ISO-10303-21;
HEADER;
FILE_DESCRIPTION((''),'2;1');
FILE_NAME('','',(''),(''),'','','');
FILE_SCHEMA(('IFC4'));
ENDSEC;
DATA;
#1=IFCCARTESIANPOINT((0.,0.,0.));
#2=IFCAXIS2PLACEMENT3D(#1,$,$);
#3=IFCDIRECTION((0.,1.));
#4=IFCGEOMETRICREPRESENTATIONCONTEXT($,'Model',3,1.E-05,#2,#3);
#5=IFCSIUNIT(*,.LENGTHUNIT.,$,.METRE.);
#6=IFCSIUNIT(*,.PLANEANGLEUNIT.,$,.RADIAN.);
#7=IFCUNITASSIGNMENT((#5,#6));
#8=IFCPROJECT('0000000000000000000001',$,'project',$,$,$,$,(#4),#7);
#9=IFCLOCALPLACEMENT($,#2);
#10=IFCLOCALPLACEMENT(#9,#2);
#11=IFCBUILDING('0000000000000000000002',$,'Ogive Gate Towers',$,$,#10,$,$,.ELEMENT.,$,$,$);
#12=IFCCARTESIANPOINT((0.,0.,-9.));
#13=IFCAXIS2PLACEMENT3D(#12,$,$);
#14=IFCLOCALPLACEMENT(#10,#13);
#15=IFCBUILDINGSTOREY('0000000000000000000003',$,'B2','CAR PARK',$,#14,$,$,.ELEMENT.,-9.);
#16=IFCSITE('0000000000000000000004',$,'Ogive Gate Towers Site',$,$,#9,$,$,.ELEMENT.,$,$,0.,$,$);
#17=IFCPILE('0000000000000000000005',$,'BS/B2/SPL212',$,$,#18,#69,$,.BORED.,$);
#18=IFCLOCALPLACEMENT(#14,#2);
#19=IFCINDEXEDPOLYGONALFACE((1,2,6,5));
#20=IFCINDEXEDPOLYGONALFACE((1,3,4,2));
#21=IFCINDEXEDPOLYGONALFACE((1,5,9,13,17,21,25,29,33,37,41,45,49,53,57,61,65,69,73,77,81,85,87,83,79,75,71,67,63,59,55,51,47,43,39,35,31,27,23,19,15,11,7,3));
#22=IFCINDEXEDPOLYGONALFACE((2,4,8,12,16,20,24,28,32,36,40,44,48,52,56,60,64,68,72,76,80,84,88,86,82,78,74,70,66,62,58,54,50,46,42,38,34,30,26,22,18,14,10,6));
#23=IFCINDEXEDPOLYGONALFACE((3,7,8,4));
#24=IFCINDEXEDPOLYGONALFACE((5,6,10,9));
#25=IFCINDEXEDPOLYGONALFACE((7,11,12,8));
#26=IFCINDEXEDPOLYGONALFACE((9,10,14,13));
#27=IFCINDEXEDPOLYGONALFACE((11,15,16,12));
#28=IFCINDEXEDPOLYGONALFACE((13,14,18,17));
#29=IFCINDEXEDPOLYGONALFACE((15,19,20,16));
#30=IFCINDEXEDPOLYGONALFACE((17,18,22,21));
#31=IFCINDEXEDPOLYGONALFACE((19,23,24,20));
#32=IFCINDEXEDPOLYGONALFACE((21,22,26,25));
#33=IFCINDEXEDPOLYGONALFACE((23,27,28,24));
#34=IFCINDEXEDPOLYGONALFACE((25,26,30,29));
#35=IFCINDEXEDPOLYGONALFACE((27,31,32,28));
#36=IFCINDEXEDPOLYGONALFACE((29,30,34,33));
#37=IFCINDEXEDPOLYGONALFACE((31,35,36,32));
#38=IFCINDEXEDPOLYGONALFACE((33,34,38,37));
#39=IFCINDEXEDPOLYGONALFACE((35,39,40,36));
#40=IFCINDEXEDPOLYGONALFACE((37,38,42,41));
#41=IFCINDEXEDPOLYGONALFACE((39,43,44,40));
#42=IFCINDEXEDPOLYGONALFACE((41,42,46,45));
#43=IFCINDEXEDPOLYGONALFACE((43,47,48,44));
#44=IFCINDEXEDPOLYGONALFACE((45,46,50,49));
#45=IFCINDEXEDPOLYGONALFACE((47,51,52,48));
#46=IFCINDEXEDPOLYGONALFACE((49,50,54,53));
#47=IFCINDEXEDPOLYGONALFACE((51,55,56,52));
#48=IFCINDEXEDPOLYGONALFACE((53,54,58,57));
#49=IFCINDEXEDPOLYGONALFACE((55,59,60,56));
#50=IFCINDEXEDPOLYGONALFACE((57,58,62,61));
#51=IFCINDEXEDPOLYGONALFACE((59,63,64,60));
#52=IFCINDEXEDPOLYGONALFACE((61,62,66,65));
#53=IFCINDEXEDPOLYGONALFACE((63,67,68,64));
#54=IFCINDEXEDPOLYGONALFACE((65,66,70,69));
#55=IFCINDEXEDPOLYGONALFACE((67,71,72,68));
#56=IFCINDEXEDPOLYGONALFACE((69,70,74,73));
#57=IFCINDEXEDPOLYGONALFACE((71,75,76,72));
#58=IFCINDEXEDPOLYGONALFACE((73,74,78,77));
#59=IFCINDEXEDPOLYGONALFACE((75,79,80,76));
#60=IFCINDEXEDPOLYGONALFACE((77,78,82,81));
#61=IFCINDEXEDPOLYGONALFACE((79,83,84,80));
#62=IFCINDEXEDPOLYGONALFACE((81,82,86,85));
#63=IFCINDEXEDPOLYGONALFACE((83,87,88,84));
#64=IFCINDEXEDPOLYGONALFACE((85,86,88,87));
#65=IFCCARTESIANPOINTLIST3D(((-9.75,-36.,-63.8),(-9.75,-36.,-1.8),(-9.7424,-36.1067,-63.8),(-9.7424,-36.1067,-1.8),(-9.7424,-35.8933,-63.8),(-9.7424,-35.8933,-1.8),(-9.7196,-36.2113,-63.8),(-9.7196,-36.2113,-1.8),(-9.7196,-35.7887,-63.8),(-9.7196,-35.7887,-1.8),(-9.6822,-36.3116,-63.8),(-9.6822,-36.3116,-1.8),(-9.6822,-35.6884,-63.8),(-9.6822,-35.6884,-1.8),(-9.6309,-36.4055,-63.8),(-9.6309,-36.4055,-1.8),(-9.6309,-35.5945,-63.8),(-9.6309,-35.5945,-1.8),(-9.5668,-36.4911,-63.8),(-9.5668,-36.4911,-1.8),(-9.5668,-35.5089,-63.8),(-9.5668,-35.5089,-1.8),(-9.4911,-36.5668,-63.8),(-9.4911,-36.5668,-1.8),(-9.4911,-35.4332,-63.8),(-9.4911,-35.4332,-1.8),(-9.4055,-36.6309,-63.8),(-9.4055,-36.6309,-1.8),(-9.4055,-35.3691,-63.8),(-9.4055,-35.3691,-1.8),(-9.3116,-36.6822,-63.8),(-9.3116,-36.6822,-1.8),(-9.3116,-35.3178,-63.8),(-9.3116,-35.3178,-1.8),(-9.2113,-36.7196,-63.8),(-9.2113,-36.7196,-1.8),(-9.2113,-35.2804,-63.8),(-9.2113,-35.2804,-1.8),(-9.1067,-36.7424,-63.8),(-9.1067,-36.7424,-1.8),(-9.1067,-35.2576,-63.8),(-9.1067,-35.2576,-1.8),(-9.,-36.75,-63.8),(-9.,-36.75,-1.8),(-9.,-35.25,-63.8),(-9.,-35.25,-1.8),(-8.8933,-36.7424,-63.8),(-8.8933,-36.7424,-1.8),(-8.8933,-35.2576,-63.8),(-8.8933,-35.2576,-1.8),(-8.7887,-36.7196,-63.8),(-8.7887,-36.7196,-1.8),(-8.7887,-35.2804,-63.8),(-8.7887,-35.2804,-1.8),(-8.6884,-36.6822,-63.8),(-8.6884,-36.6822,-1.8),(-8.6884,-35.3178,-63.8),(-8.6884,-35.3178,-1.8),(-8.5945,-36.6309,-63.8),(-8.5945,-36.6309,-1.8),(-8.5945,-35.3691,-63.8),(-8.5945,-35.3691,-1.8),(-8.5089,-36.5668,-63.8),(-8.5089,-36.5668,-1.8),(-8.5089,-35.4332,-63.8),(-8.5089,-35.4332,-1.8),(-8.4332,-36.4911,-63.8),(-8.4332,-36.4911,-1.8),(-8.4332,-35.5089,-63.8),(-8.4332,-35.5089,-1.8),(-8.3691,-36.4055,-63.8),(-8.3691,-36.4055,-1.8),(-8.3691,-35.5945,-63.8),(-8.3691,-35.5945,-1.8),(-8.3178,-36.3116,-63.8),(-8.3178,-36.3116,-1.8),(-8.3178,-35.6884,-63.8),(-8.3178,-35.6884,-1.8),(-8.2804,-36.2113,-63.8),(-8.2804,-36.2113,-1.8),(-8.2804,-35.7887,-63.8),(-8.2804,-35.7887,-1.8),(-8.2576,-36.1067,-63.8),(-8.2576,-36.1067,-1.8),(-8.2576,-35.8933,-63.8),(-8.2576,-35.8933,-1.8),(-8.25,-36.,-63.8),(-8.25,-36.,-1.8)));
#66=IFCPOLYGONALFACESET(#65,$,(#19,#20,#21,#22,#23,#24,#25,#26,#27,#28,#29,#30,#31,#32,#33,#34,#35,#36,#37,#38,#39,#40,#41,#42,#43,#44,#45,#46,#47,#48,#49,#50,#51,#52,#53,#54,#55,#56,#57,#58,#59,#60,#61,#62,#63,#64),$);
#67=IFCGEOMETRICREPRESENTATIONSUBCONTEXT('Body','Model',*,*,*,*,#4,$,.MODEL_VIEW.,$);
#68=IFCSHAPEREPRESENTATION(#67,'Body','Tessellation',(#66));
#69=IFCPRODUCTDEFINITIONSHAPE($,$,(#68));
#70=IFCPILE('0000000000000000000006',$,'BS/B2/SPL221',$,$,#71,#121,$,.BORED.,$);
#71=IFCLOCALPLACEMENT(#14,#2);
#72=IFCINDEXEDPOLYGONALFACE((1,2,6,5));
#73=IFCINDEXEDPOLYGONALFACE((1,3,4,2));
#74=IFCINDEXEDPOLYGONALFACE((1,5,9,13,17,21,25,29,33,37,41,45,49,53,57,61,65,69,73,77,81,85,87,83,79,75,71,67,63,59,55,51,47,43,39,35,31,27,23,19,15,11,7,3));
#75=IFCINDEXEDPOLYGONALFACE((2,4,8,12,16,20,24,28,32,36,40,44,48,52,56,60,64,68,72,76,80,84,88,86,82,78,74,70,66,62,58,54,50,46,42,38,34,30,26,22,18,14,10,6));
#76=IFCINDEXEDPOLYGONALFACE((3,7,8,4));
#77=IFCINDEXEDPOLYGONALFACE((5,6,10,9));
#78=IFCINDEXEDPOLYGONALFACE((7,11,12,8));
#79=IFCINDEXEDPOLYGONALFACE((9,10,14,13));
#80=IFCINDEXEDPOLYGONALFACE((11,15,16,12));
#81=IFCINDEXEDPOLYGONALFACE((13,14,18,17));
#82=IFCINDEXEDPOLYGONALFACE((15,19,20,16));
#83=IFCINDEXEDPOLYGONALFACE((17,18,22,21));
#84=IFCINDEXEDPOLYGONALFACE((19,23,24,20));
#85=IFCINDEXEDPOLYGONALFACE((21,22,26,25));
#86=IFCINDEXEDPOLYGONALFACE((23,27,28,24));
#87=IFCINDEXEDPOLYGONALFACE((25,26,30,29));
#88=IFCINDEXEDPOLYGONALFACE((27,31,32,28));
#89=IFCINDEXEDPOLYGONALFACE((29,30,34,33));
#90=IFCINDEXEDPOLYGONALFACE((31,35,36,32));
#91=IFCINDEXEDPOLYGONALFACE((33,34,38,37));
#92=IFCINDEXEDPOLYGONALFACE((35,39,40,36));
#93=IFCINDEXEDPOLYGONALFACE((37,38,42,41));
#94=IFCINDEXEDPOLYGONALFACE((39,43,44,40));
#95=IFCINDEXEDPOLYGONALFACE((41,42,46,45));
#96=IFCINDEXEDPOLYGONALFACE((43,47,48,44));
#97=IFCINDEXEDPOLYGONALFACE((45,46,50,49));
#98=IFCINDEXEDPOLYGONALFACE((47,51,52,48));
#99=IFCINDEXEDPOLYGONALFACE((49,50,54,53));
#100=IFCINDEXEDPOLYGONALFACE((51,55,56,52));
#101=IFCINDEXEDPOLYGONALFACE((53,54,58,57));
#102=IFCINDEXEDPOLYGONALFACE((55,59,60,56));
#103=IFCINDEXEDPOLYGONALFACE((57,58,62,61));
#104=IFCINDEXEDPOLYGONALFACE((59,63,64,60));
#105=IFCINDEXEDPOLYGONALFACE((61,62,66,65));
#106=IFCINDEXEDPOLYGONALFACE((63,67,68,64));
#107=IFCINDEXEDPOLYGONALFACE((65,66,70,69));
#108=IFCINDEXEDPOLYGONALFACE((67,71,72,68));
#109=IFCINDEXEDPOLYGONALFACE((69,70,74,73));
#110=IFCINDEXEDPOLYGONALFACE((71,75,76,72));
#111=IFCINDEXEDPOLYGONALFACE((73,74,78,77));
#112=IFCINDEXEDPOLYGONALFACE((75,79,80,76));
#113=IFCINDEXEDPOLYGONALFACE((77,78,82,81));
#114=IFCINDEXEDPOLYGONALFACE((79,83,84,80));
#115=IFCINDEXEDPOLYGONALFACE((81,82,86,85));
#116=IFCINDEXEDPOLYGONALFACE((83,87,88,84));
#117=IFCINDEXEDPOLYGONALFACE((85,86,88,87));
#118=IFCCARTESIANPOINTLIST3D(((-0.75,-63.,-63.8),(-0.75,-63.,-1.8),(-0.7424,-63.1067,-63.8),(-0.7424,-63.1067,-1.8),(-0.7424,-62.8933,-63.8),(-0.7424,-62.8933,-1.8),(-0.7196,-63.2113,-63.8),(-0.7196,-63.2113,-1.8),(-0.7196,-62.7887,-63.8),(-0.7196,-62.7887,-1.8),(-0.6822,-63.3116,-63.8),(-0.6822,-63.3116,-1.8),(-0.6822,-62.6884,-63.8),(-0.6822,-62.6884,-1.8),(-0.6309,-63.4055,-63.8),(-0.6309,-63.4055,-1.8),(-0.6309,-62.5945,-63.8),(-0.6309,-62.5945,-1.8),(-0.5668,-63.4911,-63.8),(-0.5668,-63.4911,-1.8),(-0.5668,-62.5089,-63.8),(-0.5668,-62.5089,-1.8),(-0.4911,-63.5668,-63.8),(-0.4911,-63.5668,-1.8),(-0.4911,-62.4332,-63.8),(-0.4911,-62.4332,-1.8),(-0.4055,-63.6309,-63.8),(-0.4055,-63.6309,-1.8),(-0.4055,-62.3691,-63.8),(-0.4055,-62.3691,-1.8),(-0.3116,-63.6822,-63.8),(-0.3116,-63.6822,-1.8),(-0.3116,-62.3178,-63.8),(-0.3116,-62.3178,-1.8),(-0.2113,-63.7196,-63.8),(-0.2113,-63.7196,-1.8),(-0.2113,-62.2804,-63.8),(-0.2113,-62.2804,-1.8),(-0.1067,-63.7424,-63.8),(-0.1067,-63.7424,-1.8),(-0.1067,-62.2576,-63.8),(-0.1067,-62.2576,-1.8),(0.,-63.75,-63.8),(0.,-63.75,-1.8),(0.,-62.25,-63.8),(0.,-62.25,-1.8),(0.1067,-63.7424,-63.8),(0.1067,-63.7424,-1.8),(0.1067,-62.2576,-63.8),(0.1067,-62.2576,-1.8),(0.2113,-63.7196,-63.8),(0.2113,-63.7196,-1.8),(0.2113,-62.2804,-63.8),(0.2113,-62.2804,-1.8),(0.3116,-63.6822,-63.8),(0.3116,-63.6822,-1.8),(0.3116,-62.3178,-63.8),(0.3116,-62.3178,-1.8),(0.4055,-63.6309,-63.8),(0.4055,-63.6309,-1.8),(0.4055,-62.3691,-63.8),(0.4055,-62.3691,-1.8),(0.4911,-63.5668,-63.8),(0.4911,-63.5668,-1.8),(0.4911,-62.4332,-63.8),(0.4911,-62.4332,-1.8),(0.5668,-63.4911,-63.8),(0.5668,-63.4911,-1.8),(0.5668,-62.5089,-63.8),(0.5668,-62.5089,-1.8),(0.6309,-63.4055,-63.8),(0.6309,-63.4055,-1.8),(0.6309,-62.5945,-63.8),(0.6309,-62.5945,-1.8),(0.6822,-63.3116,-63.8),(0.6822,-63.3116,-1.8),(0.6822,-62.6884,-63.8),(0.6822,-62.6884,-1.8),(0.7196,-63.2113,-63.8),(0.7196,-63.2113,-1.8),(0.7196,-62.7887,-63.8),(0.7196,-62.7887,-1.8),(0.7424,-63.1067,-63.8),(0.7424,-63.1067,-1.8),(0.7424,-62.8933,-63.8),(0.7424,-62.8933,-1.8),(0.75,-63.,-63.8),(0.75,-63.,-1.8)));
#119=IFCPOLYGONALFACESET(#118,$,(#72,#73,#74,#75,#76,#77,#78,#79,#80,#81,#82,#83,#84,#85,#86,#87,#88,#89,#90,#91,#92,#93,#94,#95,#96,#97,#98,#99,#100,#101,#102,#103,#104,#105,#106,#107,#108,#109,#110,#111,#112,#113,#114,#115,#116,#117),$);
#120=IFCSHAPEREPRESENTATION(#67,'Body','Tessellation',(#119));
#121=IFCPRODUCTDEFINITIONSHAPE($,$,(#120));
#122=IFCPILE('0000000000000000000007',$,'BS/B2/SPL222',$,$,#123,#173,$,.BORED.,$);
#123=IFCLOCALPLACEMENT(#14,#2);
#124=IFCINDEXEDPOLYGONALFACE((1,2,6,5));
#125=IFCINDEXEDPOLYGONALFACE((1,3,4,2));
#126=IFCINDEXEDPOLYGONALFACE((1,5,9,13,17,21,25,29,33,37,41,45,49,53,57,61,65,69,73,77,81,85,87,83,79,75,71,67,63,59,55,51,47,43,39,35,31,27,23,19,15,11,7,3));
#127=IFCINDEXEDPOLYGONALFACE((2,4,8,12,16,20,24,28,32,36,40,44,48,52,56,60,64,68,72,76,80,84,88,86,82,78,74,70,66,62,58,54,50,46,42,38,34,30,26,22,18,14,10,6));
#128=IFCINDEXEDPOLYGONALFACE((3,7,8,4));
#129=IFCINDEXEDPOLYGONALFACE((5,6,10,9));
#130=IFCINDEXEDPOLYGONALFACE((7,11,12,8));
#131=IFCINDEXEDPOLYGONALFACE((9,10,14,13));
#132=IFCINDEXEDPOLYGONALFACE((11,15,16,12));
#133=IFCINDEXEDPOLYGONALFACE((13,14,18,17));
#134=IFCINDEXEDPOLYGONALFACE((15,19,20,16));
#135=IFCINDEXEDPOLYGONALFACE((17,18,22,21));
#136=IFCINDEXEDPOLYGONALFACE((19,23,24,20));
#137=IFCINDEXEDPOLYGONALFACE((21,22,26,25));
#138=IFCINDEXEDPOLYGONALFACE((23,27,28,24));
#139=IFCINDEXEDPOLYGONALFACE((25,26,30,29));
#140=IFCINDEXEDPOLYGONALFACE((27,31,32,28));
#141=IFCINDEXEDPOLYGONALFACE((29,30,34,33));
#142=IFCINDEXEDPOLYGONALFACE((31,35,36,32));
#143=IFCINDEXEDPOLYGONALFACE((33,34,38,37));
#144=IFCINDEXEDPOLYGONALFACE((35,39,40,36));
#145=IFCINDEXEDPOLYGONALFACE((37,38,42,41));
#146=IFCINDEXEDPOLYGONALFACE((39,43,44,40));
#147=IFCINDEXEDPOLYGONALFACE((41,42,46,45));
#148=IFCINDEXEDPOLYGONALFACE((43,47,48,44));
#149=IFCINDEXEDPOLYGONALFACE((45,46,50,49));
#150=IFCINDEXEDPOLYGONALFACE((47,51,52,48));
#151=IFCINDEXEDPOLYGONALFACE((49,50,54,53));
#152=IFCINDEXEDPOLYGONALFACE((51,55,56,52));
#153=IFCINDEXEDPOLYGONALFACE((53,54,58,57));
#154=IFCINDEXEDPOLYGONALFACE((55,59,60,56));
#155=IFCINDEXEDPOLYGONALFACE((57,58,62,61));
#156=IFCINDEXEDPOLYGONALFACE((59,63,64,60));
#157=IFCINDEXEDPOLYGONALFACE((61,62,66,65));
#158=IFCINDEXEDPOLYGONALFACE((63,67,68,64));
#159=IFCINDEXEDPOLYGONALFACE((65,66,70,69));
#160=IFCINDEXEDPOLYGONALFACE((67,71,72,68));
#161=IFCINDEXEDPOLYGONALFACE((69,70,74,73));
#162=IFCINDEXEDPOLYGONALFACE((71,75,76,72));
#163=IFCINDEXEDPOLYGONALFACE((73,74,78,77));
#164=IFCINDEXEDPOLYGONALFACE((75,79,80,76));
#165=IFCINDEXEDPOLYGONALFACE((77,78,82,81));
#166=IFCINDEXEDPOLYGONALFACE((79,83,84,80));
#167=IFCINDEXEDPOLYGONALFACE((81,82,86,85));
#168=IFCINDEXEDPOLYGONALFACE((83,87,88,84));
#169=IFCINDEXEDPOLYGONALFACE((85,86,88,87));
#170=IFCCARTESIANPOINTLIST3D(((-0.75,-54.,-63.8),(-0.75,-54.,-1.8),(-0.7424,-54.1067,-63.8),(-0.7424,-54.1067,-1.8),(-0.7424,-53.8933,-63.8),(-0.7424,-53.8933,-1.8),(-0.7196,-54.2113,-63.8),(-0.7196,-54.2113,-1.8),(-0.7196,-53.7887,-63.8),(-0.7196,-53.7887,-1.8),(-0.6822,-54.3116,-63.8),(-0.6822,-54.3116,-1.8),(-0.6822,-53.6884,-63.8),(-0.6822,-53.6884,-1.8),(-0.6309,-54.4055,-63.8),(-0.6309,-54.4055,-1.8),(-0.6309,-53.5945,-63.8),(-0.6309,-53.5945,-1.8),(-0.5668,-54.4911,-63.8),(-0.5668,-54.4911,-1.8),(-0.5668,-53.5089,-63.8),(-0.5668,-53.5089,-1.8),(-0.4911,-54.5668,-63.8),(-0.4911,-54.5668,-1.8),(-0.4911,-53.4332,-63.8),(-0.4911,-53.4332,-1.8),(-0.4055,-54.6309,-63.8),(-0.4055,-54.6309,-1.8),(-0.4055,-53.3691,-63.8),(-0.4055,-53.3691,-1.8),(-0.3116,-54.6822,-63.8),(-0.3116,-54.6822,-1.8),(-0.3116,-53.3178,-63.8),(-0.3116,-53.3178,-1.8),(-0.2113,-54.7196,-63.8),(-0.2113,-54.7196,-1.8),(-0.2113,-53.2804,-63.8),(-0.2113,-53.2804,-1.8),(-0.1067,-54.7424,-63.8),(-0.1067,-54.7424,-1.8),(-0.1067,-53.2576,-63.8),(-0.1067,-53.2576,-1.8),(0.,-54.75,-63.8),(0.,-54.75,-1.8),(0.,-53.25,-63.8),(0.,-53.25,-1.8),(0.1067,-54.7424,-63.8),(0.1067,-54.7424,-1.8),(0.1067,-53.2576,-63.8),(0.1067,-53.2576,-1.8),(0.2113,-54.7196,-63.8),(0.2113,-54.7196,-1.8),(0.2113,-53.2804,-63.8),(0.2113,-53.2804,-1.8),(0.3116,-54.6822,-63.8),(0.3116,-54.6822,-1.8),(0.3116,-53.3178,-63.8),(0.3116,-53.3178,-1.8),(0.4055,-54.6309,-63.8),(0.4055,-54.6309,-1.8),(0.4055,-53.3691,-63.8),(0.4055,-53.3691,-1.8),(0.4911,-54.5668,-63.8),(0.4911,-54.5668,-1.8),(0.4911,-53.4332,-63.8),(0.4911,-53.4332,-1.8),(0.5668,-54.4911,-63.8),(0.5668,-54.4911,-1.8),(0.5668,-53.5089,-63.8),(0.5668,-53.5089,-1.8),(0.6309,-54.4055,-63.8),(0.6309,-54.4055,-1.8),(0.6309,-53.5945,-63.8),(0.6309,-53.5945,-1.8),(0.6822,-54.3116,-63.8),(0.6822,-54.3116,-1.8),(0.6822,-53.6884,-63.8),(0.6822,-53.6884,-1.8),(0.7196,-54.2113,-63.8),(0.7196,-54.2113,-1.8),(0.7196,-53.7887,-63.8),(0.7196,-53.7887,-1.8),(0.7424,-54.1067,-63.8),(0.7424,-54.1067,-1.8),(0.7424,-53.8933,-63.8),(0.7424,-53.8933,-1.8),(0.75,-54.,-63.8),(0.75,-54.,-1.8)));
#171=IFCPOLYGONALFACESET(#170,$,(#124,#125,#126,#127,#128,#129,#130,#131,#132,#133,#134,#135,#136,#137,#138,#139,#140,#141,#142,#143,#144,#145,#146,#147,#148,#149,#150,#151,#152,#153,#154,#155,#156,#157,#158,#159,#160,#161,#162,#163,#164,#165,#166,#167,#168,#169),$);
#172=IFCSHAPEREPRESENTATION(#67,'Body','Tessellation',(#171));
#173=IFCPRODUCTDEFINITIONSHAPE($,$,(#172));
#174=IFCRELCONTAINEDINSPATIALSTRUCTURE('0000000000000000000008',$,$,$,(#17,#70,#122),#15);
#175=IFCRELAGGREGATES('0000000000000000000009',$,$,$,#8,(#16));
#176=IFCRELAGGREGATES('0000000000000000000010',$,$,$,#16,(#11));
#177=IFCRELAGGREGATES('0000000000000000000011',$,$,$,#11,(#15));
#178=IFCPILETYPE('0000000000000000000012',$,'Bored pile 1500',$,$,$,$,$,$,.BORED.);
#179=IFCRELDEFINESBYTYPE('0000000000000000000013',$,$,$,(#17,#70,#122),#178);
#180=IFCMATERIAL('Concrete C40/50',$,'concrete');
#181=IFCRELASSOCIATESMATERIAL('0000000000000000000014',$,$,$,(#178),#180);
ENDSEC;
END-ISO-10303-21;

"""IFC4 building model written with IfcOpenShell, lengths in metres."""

from ifc_helpers import new_model, si_unit, direction, frame, origin, origin_2d, place, context, subcontext, project, spatial, circle, extrude, material, material_profile, profile_set, type_object, element, save


model = new_model("IFC4")

# Units and contexts
model_context = context("Model", 3, precision=1e-05, world=origin(), true_north=direction((0.0, 1.0)))
body_context = subcontext(model_context, "Body", "Model", "MODEL_VIEW")
ifc_project = project(units=[si_unit("LENGTHUNIT", "METRE"), si_unit("PLANEANGLEUNIT", "RADIAN")], contexts=[model_context])

# Site, building, storey
site_placement = place(None, origin())
site = spatial("IfcSite", under=ifc_project, at=site_placement, Name="Ogive Gate Towers Site", CompositionType="ELEMENT", RefElevation=0.0)
building_placement = place(site_placement, origin())
building = spatial("IfcBuilding", under=site, at=building_placement, Name="Ogive Gate Towers", CompositionType="ELEMENT")
storey_placement = place(building_placement, frame((0.0, 0.0, -9.0)))
storey = spatial("IfcBuildingStorey", under=building, at=storey_placement, Name="B2", Description="CAR PARK", CompositionType="ELEMENT", Elevation=-9.0)

# Piles
ifc_material_1 = material(Name="Concrete C40/50", Category="concrete")
ifc_material_profile_1 = material_profile(ifc_material_1, circle(Radius=0.75, at=origin_2d()), Name="BP 1500")
ifc_profile_set_1 = profile_set([ifc_material_profile_1], Name="Concrete C40/50")
pile_type = type_object("IfcPileType", Name="Bored pile 1500", PredefinedType="BORED", material=ifc_profile_set_1)
for number, where, z_axis, x_axis, name in (
    (1, (-9.0, -36.0, -1.8), (0.0, 0.0, -1.0), (1.0, 0.0, 0.0), "BS/B2/SPL212"),
    (2, (0.0, -63.0, -1.8), (0.0, 0.0, -1.0), (1.0, 0.0, 0.0), "BS/B2/SPL221"),
    (3, (0.0, -54.0, -1.8), (0.0, 0.0, -1.0), (1.0, 0.0, 0.0), "BS/B2/SPL222"),
):
    element("IfcPile", number, at=place(storey_placement, frame(where, z_axis=z_axis, x_axis=x_axis)), inside=storey, type_object=pile_type, Name=name, PredefinedType="BORED", context=body_context, shape_type="SweptSolid", body=[
        extrude(circle(Radius=0.75, at=origin_2d()), origin(), (0.0, 0.0, 1.0), 62.0),
    ])

save(model, "model.ifc")
